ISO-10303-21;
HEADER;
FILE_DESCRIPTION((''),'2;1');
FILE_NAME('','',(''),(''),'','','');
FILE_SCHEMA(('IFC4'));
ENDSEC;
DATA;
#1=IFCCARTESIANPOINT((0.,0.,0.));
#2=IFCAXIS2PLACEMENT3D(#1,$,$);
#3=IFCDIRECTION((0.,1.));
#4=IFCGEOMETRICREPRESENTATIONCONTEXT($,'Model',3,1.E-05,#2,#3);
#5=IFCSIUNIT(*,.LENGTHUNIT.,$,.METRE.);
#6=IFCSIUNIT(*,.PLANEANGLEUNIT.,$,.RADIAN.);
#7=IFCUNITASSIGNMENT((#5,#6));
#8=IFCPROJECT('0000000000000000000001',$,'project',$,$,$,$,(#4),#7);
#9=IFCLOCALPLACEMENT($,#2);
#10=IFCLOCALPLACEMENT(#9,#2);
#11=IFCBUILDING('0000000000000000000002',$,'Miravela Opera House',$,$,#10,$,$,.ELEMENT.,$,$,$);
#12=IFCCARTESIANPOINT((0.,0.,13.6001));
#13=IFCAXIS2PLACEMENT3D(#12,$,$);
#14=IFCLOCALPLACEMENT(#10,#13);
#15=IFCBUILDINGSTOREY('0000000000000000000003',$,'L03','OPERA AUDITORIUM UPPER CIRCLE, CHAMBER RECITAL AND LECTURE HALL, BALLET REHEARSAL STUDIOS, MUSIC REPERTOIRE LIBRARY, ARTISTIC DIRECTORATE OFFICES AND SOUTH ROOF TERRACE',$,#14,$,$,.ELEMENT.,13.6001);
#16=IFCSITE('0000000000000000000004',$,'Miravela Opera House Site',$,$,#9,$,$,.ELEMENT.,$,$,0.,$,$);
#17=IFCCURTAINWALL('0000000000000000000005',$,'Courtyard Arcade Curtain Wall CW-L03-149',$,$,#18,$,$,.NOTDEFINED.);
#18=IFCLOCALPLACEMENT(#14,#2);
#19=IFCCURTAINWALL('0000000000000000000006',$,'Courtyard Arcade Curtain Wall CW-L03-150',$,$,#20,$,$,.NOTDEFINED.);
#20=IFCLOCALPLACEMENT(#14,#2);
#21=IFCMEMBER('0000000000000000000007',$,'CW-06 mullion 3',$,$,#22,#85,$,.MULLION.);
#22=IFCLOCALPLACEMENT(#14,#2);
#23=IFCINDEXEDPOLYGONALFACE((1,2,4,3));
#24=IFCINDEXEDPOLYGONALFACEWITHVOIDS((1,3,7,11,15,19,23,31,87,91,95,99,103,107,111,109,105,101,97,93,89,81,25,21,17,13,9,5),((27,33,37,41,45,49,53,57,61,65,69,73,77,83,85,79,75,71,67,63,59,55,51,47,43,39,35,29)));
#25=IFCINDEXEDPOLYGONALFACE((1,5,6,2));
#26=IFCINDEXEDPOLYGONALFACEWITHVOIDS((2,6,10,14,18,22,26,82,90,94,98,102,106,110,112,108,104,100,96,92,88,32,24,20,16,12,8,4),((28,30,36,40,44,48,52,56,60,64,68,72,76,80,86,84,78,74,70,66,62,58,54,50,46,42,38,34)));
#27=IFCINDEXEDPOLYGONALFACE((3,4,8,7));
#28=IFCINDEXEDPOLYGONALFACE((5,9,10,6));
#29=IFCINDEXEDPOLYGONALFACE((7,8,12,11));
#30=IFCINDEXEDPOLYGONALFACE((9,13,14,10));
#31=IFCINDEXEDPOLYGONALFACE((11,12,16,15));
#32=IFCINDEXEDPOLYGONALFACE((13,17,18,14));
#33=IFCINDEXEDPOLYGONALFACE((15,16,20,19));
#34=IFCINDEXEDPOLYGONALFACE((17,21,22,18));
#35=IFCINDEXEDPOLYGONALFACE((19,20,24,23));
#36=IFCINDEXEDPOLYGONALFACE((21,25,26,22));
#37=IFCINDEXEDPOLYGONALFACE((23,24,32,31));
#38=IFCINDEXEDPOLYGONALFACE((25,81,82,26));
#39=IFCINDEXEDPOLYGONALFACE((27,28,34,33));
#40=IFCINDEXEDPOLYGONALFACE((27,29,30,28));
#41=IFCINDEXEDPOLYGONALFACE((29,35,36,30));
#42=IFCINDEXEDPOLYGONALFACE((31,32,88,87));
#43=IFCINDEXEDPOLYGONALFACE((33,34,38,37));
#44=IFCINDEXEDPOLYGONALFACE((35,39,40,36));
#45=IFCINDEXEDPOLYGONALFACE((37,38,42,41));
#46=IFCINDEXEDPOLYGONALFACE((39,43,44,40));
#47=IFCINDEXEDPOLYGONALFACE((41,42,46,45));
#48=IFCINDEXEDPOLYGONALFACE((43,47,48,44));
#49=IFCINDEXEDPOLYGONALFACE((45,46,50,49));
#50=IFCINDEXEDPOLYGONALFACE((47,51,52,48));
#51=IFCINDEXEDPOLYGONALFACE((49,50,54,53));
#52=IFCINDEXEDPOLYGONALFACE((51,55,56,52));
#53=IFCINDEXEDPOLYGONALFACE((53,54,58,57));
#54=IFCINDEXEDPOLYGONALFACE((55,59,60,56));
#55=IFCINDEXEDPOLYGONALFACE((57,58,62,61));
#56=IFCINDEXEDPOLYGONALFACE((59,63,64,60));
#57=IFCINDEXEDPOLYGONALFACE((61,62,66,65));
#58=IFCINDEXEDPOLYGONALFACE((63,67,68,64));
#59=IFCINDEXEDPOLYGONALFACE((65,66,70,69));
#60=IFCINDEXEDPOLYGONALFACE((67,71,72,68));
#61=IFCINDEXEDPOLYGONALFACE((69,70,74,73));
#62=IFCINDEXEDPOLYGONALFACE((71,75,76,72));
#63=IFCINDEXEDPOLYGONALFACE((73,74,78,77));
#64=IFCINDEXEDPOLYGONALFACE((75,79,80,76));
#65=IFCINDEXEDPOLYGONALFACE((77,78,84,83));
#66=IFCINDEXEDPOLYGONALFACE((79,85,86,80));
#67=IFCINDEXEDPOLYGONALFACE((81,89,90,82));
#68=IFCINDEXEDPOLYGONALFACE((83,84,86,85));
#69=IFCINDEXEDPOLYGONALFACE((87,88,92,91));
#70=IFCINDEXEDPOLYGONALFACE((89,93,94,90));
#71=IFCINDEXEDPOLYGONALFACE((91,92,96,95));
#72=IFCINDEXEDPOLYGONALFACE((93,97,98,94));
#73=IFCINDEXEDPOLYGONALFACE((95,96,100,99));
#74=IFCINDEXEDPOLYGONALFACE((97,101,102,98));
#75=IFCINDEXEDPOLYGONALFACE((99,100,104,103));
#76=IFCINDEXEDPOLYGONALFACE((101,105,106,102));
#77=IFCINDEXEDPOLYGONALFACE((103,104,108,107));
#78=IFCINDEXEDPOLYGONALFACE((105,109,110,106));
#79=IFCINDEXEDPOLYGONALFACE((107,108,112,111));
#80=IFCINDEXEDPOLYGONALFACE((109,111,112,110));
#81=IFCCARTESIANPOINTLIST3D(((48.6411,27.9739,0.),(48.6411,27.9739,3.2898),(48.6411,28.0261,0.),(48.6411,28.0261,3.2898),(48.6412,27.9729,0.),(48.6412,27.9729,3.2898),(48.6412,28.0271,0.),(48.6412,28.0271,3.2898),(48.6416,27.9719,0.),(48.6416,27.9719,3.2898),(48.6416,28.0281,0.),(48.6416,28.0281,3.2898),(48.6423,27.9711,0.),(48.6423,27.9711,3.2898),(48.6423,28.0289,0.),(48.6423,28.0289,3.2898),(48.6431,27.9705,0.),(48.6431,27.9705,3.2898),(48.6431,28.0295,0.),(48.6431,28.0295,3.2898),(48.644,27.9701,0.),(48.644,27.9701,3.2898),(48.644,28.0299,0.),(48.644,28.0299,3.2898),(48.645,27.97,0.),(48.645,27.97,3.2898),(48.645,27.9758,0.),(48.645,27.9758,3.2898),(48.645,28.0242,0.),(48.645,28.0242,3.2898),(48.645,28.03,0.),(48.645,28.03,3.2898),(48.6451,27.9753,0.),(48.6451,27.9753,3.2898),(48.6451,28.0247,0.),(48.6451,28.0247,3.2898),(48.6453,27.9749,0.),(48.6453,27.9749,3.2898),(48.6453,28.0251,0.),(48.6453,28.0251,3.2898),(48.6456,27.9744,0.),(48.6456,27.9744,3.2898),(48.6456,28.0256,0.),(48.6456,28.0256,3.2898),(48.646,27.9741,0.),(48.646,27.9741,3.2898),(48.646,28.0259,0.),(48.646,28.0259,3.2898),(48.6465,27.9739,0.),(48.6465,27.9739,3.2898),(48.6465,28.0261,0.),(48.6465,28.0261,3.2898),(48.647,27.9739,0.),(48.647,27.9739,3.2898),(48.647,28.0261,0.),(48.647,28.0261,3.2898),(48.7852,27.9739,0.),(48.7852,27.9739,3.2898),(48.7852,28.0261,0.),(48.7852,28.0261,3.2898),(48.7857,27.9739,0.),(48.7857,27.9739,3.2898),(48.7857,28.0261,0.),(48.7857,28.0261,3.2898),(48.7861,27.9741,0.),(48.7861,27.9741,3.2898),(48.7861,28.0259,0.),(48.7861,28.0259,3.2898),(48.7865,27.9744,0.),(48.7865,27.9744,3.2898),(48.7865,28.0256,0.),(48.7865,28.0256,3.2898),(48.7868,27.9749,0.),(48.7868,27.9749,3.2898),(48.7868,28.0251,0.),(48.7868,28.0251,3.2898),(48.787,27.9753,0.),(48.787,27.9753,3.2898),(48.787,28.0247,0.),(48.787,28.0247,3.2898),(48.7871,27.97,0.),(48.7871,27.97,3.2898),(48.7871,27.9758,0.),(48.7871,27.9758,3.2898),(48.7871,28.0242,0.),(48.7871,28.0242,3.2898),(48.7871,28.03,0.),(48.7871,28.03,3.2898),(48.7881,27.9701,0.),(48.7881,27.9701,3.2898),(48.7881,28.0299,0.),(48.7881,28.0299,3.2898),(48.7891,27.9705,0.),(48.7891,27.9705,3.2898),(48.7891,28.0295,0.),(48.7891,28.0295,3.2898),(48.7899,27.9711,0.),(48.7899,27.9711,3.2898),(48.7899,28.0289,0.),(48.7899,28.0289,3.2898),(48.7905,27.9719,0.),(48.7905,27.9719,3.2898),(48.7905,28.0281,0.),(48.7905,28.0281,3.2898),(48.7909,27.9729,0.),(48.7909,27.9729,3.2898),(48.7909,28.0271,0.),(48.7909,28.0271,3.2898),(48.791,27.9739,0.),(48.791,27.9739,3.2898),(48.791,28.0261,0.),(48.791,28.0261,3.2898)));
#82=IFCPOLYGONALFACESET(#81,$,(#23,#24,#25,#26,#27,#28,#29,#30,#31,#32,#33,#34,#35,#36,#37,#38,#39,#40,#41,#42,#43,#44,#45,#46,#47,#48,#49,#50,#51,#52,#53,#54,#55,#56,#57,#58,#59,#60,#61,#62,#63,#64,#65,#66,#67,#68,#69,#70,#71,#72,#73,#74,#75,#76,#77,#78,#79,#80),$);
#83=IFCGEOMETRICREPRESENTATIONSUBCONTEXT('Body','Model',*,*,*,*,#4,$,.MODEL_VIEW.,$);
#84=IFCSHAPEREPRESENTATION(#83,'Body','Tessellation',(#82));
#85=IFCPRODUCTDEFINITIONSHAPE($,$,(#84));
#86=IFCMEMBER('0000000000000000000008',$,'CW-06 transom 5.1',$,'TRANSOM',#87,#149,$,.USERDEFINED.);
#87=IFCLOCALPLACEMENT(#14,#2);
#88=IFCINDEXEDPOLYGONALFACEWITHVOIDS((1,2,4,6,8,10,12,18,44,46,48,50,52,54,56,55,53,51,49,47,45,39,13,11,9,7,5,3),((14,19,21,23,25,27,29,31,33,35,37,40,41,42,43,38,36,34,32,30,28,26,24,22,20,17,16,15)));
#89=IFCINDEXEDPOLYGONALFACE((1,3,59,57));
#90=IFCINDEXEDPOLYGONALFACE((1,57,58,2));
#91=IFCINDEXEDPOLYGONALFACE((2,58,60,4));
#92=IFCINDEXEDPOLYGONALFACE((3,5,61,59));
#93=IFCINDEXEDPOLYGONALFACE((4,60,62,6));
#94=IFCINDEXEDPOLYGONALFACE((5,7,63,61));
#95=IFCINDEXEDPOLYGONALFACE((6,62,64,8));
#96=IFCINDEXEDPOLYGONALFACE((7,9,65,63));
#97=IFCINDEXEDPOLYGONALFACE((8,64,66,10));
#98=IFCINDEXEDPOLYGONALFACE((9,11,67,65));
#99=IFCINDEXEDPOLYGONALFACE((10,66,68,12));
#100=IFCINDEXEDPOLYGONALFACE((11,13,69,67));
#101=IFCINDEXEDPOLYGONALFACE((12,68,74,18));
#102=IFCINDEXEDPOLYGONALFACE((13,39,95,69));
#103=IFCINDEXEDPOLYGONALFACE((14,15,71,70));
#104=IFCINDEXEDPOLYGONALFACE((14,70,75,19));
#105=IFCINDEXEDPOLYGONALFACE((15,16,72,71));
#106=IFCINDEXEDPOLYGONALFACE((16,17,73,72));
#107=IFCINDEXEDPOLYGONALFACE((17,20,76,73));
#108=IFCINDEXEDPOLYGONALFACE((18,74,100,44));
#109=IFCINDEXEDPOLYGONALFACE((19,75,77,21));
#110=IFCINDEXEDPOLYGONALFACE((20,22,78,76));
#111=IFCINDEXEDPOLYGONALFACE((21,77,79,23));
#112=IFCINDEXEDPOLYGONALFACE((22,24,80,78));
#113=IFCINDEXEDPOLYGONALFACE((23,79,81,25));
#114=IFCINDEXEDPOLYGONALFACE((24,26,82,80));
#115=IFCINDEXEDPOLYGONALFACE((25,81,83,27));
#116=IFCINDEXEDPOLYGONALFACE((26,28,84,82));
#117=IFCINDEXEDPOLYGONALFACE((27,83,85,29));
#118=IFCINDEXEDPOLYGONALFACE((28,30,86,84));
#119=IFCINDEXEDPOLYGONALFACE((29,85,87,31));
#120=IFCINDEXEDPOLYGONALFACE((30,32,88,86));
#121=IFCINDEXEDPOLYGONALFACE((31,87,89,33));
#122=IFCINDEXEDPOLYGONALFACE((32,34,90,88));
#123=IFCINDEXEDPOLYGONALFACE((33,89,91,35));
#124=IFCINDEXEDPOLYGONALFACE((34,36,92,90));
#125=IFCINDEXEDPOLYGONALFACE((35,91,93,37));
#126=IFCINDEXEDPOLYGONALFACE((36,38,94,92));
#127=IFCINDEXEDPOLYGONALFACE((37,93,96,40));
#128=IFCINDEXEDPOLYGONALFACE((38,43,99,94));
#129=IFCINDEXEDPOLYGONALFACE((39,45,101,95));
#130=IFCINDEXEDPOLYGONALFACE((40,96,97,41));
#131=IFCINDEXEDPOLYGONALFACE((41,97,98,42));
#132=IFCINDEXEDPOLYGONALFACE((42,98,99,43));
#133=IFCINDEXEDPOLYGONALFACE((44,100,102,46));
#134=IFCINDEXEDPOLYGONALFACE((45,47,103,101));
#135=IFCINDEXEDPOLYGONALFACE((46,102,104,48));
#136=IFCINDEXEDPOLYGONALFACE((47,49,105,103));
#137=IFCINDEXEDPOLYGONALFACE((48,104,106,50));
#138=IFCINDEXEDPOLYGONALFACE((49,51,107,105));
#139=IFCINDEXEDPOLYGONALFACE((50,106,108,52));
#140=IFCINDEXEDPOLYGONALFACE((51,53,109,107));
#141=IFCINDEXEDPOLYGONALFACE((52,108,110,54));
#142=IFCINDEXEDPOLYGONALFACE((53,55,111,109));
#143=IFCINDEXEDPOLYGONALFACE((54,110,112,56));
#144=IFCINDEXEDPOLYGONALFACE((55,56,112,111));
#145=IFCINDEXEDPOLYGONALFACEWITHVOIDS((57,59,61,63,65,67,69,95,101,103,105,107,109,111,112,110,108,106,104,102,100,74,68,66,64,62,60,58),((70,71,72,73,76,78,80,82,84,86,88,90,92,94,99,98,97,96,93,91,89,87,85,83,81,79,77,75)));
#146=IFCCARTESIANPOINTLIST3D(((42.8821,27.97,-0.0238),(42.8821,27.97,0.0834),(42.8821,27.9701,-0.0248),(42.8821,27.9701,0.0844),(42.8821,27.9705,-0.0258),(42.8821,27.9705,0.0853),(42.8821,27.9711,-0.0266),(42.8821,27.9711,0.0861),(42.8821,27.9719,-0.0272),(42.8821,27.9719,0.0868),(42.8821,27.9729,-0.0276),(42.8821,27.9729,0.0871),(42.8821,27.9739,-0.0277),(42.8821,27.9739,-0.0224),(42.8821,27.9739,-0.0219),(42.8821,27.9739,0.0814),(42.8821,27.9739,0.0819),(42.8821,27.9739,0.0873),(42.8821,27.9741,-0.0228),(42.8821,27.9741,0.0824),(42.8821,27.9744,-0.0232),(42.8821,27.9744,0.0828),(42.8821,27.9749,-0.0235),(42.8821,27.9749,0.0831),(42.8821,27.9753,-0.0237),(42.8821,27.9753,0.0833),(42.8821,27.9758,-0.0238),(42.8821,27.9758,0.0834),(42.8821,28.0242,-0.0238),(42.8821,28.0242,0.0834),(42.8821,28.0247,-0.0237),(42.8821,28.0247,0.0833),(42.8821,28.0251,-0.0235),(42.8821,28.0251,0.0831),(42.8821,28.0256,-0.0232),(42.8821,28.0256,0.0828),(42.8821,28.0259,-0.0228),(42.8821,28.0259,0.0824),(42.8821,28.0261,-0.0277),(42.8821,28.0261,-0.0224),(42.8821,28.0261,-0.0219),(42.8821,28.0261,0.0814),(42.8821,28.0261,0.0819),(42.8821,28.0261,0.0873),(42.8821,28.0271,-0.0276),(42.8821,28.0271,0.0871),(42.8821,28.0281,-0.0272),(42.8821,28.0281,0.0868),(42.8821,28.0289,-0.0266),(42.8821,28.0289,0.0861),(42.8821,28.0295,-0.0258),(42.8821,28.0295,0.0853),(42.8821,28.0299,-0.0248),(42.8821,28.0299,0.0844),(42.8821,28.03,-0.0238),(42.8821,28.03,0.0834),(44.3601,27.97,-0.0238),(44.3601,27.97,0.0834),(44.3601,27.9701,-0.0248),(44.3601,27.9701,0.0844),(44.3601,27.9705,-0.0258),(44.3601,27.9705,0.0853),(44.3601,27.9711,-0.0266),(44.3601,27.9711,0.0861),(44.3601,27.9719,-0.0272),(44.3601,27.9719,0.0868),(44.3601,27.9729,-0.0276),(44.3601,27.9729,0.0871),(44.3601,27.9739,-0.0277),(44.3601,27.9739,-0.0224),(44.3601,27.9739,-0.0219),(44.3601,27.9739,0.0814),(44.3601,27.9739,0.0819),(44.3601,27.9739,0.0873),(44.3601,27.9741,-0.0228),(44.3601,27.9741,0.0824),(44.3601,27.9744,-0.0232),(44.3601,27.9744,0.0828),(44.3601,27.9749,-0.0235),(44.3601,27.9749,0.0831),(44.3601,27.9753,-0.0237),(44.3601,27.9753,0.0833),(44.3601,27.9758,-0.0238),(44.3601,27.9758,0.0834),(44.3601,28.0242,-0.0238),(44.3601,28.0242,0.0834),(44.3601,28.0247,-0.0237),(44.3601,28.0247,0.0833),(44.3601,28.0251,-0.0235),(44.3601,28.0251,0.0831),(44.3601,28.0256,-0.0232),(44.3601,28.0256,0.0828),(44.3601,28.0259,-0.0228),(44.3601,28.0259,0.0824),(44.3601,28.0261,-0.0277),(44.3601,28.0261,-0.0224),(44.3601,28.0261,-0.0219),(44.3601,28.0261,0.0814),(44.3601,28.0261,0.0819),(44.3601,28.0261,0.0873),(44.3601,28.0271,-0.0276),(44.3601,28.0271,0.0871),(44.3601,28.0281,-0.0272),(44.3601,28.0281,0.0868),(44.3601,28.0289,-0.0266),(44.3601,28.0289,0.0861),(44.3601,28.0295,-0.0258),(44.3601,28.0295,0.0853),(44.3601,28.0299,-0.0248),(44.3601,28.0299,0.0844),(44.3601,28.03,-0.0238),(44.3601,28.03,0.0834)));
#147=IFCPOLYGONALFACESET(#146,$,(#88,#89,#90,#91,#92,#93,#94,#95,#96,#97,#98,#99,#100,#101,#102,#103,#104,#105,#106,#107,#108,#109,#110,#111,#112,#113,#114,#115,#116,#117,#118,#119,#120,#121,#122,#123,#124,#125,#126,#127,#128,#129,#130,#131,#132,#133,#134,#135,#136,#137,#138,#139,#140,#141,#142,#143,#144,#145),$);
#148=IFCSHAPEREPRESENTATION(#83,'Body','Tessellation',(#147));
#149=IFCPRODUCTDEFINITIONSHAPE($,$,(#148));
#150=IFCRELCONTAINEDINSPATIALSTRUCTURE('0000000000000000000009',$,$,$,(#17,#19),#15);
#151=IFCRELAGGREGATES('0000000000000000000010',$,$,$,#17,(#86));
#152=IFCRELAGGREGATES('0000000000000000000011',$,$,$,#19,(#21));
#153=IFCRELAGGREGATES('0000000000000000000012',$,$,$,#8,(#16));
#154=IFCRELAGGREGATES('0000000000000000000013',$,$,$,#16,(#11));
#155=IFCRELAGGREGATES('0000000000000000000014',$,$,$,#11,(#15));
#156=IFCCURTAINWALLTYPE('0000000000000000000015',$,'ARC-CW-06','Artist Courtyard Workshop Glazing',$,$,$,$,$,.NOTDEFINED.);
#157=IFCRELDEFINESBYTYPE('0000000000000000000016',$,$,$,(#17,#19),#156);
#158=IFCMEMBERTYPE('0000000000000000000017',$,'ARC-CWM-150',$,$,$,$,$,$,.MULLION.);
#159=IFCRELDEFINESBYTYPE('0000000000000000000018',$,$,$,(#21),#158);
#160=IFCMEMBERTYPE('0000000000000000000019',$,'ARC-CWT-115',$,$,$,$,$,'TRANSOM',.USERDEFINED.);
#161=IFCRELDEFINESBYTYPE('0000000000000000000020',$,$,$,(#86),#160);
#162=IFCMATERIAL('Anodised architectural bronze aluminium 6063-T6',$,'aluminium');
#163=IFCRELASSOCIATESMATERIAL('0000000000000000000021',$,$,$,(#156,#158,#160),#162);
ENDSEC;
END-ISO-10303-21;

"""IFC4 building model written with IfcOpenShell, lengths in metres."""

from ifc_helpers import new_model, si_unit, direction, frame, origin, origin_2d, place, context, subcontext, project, spatial, hollow_rectangle, extrude, material, material_profile, profile_set, type_object, element, aggregate, save


model = new_model("IFC4")

# Units and contexts
model_context = context("Model", 3, precision=1e-05, world=origin(), true_north=direction((0.0, 1.0)))
body_context = subcontext(model_context, "Body", "Model", "MODEL_VIEW")
ifc_project = project(units=[si_unit("LENGTHUNIT", "METRE"), si_unit("PLANEANGLEUNIT", "RADIAN")], contexts=[model_context])

# Site, building, storey
site_placement = place(None, origin())
site = spatial("IfcSite", under=ifc_project, at=site_placement, Name="Miravela Opera House Site", CompositionType="ELEMENT", RefElevation=0.0)
building_placement = place(site_placement, origin())
building = spatial("IfcBuilding", under=site, at=building_placement, Name="Miravela Opera House", CompositionType="ELEMENT")
storey_placement = place(building_placement, frame((0.0, 0.0, 13.6001)))
storey = spatial("IfcBuildingStorey", under=building, at=storey_placement, Name="L03", Description="OPERA AUDITORIUM UPPER CIRCLE, CHAMBER RECITAL AND LECTURE HALL, BALLET REHEARSAL STUDIOS, MUSIC REPERTOIRE LIBRARY, ARTISTIC DIRECTORATE OFFICES AND SOUTH ROOF TERRACE", CompositionType="ELEMENT", Elevation=13.6001)

# Curtain walls, member
ifc_material_1 = material(Name="Anodised architectural bronze aluminium 6063-T6", Category="aluminium")
curtain_wall_type = type_object("IfcCurtainWallType", Name="ARC-CW-06", Description="Artist Courtyard Workshop Glazing", PredefinedType="NOTDEFINED", material=ifc_material_1)
curtain_wall_1_placement = place(storey_placement, origin())
curtain_wall_1 = element("IfcCurtainWall", 1, at=curtain_wall_1_placement, inside=storey, type_object=curtain_wall_type, Name="Courtyard Arcade Curtain Wall CW-L03-149", PredefinedType="NOTDEFINED")
ifc_material_profile_1 = material_profile(ifc_material_1, hollow_rectangle(XDim=0.0601, YDim=0.1499, WallThickness=0.0039, InnerFilletRadius=0.002, OuterFilletRadius=0.0039, at=origin_2d()), Name="CWM-60X150")
ifc_profile_set_1 = profile_set([ifc_material_profile_1])
member_type_1 = type_object("IfcMemberType", Name="ARC-CWM-150", PredefinedType="MULLION", material=ifc_profile_set_1)
curtain_wall_2_placement = place(storey_placement, origin())
curtain_wall_2 = element("IfcCurtainWall", 2, at=curtain_wall_2_placement, inside=storey, type_object=curtain_wall_type, Name="Courtyard Arcade Curtain Wall CW-L03-150", PredefinedType="NOTDEFINED")
member_1_placement = place(storey_placement, frame((48.7161, 28.0, 0.0), z_axis=(0.0, 0.0, 1.0), x_axis=(0.0, 1.0, 0.0)))
member_1 = element("IfcMember", 3, at=member_1_placement, type_object=member_type_1, Name="CW-06 mullion 3", PredefinedType="MULLION", context=body_context, shape_type="SweptSolid", body=[
    extrude(hollow_rectangle(XDim=0.0601, YDim=0.1499, WallThickness=0.0039, InnerFilletRadius=0.002, OuterFilletRadius=0.0039, at=origin_2d()), origin(), (0.0, 0.0, 1.0), 3.2898),
])

# Member
ifc_material_profile_2 = material_profile(ifc_material_1, hollow_rectangle(XDim=0.0601, YDim=0.115, WallThickness=0.0039, InnerFilletRadius=0.002, OuterFilletRadius=0.0039, at=origin_2d()), Name="CWT-60X115")
ifc_profile_set_2 = profile_set([ifc_material_profile_2])
member_type_2 = type_object("IfcMemberType", Name="ARC-CWT-115", ElementType="TRANSOM", PredefinedType="USERDEFINED", material=ifc_profile_set_2)
member_2_placement = place(storey_placement, frame((42.8821, 28.0, 0.0298), z_axis=(1.0, 0.0, 0.0), x_axis=(0.0, 1.0, 0.0)))
member_2 = element("IfcMember", 4, at=member_2_placement, type_object=member_type_2, Name="CW-06 transom 5.1", ObjectType="TRANSOM", PredefinedType="USERDEFINED", context=body_context, shape_type="SweptSolid", body=[
    extrude(hollow_rectangle(XDim=0.0601, YDim=0.115, WallThickness=0.0039, InnerFilletRadius=0.002, OuterFilletRadius=0.0039, at=origin_2d()), origin(), (0.0, 0.0, 1.0), 1.478),
])

aggregate(curtain_wall_1, [member_2])
aggregate(curtain_wall_2, [member_1])

save(model, "model.ifc")
